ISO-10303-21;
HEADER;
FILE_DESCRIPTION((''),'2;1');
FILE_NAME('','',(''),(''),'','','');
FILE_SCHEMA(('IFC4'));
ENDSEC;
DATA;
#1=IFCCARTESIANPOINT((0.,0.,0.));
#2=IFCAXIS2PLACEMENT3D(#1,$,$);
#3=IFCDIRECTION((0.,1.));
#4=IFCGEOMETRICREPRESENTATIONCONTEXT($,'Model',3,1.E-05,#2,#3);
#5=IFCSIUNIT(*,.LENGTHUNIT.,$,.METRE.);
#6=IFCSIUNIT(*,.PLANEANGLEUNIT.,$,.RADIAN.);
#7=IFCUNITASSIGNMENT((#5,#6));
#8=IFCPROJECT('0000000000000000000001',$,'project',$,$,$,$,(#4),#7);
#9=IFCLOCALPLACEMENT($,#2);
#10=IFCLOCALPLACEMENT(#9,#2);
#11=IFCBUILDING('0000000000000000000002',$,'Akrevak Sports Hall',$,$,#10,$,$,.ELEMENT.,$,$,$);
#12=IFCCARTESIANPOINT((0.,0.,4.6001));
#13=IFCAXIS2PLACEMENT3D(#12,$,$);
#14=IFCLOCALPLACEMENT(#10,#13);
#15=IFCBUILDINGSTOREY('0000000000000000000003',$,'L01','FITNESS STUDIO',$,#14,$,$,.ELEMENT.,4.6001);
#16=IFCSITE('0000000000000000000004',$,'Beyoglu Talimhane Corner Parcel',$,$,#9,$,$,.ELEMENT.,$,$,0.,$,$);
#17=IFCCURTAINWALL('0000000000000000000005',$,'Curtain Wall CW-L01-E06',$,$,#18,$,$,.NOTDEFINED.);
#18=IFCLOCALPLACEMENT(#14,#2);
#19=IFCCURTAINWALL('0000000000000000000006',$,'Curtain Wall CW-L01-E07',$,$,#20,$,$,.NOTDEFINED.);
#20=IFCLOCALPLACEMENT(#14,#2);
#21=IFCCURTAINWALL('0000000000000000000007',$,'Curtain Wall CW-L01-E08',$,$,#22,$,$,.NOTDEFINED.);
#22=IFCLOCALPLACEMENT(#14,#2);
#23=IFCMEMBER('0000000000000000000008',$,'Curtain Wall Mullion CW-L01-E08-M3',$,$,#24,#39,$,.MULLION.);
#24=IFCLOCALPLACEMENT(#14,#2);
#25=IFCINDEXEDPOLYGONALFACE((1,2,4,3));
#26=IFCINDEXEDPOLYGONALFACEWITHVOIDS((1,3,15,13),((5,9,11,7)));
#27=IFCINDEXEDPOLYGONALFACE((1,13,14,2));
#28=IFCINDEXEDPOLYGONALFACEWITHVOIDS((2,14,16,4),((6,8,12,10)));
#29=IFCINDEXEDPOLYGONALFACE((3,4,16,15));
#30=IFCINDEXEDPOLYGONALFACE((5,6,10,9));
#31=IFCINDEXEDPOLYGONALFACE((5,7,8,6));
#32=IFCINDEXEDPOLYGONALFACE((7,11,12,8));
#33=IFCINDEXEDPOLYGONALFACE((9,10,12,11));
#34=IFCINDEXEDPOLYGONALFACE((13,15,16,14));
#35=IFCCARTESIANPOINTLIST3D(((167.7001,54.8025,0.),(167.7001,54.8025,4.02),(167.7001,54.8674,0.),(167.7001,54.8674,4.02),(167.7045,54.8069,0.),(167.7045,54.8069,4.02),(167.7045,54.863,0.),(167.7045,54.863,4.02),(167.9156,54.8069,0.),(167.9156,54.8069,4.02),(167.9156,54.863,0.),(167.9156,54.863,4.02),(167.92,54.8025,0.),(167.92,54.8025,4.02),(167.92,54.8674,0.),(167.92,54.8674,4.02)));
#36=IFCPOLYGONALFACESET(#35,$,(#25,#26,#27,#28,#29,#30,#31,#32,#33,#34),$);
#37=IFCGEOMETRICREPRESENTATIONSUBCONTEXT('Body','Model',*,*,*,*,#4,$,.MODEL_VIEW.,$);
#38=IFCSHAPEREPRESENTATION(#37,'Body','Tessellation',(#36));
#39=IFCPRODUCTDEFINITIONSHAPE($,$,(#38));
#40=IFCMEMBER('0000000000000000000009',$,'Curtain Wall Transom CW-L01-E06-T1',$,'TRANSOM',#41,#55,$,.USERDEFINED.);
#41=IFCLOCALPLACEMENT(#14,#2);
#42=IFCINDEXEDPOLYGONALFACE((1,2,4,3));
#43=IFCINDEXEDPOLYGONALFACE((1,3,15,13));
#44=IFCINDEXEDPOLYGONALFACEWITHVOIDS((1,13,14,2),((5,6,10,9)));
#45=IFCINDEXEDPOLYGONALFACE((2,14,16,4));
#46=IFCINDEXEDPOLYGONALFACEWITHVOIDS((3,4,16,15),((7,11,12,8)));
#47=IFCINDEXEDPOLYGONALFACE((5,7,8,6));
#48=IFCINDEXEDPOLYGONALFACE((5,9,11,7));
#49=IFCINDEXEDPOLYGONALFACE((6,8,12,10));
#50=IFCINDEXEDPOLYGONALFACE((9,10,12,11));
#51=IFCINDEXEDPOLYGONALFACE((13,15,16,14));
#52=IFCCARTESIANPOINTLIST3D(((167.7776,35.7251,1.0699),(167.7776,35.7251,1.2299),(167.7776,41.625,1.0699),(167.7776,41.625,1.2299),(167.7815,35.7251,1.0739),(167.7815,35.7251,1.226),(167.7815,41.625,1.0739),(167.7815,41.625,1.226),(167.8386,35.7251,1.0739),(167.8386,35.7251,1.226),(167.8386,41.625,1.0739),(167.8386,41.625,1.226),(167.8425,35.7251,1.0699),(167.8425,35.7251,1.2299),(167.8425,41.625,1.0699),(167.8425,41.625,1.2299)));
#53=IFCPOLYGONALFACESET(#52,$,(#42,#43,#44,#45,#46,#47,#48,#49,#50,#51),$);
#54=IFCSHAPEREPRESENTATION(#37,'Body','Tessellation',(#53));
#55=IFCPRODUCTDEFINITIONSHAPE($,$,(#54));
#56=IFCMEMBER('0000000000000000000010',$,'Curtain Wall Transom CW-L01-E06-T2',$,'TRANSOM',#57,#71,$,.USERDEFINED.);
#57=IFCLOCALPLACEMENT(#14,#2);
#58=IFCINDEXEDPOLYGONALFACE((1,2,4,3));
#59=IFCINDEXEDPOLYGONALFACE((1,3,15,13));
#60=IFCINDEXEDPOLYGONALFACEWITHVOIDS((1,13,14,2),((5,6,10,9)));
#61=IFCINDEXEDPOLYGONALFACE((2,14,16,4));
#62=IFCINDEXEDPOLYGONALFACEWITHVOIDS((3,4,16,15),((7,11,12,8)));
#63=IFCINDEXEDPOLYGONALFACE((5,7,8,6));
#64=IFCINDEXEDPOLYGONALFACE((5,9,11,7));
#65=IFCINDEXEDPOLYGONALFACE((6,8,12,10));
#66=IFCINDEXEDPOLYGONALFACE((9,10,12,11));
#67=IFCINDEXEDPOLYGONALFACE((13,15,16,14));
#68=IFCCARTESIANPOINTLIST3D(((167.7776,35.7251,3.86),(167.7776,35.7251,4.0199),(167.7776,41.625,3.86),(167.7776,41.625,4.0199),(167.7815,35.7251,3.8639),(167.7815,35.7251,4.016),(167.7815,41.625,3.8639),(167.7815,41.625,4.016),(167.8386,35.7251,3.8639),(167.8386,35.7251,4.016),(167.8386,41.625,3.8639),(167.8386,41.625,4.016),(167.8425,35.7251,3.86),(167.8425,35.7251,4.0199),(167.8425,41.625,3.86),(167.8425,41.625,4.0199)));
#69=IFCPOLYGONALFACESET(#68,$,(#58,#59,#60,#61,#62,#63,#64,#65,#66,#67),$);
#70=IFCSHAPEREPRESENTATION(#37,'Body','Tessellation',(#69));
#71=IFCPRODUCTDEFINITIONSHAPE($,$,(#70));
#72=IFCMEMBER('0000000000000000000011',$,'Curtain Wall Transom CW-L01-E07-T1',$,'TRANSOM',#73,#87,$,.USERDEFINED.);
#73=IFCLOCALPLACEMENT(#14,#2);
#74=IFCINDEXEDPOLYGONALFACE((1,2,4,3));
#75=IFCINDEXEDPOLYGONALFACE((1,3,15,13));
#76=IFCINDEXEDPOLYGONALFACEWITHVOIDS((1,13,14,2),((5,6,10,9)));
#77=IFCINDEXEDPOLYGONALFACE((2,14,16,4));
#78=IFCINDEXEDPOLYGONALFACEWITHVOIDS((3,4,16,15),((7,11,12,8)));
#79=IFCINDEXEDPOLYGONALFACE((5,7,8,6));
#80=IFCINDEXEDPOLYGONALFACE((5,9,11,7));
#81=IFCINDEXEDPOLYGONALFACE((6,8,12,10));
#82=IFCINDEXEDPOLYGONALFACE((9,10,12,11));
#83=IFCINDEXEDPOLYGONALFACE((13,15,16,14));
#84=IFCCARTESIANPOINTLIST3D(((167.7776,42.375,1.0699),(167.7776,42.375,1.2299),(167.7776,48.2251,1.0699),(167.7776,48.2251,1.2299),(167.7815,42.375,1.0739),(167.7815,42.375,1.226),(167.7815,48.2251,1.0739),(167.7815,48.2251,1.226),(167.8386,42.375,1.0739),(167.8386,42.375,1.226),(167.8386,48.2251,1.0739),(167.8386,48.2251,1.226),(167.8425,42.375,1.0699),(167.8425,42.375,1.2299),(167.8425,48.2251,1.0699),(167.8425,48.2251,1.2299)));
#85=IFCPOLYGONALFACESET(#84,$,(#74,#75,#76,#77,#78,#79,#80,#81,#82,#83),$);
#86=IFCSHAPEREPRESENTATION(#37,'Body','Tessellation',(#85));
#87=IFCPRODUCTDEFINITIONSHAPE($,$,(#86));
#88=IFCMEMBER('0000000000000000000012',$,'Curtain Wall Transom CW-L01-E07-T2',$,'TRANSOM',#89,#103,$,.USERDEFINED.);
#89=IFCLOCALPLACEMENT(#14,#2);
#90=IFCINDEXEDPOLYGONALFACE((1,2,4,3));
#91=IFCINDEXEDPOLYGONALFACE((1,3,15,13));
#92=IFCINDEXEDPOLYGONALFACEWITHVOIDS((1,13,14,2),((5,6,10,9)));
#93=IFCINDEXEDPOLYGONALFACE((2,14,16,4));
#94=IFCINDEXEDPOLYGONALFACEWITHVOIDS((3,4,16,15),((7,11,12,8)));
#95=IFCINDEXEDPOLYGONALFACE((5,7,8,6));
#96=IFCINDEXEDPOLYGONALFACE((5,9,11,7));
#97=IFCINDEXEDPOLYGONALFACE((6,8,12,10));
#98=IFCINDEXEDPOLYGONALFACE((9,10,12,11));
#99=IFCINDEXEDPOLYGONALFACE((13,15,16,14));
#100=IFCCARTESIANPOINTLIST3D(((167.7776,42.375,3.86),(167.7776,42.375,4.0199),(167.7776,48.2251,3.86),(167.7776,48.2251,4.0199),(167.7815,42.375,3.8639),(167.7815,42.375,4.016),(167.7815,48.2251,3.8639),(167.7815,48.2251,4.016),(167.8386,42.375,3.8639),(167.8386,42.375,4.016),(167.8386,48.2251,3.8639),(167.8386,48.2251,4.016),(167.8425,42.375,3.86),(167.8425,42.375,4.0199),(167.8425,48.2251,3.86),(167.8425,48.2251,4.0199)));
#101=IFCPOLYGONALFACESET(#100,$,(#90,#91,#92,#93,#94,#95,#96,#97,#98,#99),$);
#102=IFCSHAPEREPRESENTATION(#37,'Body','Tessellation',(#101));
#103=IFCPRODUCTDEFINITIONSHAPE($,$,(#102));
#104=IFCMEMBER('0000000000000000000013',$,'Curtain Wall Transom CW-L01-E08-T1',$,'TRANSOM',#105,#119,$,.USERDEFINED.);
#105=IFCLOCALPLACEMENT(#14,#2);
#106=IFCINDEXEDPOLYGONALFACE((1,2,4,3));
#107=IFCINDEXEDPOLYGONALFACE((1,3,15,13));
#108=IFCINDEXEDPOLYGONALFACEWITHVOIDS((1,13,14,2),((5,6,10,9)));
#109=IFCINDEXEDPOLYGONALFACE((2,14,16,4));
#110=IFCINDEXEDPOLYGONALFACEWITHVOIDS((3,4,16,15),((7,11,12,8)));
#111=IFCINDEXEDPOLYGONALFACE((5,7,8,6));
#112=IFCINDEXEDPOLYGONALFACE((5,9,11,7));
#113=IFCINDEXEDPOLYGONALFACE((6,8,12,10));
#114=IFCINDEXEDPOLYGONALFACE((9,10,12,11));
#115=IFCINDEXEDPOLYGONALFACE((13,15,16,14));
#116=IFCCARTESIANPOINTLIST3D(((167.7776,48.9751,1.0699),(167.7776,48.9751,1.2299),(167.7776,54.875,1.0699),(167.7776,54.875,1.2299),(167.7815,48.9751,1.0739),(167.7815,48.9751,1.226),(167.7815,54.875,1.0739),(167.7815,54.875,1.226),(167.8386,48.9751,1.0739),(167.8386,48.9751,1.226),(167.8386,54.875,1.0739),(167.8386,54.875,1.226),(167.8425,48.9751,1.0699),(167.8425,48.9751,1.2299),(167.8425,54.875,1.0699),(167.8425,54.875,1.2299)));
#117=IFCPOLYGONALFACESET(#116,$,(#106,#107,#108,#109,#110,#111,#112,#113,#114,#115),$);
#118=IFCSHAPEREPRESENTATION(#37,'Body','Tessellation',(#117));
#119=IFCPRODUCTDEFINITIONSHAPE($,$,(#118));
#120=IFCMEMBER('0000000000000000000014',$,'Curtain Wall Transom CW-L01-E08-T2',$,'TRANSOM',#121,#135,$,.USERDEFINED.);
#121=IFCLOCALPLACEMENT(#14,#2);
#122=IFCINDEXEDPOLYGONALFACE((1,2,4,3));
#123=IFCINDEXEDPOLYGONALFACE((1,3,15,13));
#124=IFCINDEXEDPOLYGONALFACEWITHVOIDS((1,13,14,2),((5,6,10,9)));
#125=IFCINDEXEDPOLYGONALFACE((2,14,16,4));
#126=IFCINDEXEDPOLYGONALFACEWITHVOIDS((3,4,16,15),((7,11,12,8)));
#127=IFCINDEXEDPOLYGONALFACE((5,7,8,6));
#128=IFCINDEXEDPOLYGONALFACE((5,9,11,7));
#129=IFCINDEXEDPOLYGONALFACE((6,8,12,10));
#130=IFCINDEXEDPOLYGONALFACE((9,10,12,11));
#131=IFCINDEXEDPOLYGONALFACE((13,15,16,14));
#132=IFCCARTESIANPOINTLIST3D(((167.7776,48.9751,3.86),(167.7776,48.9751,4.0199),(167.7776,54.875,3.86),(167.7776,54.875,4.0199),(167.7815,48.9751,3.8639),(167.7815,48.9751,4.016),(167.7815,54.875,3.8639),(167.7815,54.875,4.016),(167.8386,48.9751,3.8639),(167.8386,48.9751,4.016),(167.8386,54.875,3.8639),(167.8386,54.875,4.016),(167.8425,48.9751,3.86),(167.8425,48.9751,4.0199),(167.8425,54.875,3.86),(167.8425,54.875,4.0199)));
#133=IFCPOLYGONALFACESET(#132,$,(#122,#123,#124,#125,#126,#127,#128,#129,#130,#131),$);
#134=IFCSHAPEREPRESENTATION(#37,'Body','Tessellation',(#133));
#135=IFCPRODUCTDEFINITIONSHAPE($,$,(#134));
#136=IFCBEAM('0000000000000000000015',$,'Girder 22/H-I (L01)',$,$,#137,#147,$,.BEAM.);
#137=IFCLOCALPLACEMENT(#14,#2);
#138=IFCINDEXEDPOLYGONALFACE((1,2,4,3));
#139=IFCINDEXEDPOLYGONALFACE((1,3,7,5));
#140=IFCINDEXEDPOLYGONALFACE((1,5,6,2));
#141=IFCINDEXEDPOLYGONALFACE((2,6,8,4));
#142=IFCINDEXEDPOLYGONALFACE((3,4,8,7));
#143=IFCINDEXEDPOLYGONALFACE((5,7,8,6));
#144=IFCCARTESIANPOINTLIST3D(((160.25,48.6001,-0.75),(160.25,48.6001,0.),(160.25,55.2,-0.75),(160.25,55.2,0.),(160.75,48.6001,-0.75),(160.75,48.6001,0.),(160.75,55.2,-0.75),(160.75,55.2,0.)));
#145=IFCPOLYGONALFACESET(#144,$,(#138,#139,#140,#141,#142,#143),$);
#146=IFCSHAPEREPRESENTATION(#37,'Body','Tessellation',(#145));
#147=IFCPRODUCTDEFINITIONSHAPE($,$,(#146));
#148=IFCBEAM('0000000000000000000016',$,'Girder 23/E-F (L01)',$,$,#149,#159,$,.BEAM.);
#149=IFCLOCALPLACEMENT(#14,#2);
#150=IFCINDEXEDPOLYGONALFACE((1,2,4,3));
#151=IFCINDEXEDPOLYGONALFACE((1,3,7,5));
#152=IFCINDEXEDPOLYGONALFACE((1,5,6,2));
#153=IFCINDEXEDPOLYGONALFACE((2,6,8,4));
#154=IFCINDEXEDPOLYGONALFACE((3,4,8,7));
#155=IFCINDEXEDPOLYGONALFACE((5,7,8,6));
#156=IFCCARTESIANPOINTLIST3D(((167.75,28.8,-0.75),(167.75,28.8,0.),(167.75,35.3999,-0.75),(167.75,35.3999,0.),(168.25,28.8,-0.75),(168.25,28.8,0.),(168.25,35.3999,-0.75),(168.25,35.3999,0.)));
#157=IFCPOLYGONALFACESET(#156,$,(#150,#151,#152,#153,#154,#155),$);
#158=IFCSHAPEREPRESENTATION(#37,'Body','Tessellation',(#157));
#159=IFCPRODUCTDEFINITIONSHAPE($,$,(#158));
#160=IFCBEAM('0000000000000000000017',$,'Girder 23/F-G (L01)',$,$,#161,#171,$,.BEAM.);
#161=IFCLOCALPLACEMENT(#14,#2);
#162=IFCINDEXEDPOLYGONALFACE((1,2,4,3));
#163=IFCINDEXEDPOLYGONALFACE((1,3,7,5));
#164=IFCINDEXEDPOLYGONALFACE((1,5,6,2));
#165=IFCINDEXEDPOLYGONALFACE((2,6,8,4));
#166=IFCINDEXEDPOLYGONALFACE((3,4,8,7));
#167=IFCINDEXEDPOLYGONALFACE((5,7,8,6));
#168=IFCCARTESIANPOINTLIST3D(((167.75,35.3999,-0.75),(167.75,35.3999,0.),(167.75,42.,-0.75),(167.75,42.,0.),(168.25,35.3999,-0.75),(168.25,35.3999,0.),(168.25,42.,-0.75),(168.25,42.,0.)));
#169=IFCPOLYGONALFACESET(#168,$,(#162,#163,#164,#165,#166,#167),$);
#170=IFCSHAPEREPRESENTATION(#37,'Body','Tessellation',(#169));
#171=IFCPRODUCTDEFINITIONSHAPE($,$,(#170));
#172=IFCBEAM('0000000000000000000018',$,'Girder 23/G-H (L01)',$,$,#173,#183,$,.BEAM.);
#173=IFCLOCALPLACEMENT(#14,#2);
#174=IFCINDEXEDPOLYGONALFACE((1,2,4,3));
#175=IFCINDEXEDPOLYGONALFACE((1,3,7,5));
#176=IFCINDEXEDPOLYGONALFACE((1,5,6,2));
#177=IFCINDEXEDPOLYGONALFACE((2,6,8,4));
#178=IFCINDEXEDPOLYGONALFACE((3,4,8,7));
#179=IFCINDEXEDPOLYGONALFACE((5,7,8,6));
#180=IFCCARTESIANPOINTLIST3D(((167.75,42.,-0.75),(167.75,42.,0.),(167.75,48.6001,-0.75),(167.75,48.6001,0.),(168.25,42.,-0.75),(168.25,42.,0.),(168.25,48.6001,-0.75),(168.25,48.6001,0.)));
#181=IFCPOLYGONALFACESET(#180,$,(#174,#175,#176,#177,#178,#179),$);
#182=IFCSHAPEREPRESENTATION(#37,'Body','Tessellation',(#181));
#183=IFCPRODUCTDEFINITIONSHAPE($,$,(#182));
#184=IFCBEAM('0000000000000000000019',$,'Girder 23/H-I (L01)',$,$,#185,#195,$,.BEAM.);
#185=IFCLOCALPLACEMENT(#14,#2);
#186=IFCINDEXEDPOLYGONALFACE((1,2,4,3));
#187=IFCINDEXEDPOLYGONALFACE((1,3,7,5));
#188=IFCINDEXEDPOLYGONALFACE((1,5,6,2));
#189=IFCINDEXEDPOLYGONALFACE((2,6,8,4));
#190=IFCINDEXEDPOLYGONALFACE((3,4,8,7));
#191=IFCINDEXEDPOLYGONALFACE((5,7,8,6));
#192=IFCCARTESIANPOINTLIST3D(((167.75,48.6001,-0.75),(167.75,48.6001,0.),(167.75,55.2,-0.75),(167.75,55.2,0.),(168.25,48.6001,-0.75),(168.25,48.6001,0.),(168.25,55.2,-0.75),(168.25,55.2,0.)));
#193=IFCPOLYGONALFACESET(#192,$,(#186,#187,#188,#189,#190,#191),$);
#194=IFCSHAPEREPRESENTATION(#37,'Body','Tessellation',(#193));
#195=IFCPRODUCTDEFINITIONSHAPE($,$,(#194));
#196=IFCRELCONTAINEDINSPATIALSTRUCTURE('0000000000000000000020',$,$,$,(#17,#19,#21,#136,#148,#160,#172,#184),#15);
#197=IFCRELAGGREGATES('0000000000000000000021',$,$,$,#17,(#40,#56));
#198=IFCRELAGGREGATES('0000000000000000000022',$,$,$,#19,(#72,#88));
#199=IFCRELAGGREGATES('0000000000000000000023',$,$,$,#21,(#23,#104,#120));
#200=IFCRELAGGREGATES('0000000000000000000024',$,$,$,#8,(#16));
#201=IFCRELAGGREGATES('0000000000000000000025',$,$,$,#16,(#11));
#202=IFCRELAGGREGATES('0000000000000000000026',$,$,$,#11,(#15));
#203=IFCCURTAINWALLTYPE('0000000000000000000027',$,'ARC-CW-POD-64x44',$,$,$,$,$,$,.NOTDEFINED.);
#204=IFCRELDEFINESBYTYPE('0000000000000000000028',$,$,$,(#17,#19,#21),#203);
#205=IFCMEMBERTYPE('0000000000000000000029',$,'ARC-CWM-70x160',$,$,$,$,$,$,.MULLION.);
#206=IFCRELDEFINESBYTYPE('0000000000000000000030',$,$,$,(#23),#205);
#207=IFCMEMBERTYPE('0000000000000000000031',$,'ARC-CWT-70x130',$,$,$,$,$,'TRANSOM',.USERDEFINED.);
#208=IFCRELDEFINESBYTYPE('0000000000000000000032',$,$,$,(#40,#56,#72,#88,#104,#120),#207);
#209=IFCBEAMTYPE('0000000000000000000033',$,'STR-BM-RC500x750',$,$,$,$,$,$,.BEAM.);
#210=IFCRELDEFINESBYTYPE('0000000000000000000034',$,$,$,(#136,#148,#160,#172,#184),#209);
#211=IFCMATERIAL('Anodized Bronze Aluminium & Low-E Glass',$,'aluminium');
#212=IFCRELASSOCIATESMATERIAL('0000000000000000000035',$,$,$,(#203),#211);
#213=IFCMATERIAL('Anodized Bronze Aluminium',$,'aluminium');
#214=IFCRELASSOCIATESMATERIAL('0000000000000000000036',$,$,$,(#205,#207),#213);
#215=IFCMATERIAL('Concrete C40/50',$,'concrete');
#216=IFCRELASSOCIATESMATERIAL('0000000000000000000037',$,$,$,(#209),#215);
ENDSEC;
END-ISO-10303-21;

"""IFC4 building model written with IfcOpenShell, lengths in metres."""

from ifc_helpers import new_model, si_unit, direction, frame, origin, origin_2d, place, context, subcontext, project, spatial, rectangle, hollow_rectangle, extrude, material, material_profile, profile_set, type_object, element, aggregate, save


model = new_model("IFC4")

# Units and contexts
model_context = context("Model", 3, precision=1e-05, world=origin(), true_north=direction((0.0, 1.0)))
body_context = subcontext(model_context, "Body", "Model", "MODEL_VIEW")
ifc_project = project(units=[si_unit("LENGTHUNIT", "METRE"), si_unit("PLANEANGLEUNIT", "RADIAN")], contexts=[model_context])

# Site, building, storey
site_placement = place(None, origin())
site = spatial("IfcSite", under=ifc_project, at=site_placement, Name="Beyoglu Talimhane Corner Parcel", CompositionType="ELEMENT", RefElevation=0.0)
building_placement = place(site_placement, origin())
building = spatial("IfcBuilding", under=site, at=building_placement, Name="Akrevak Sports Hall", CompositionType="ELEMENT")
storey_placement = place(building_placement, frame((0.0, 0.0, 4.6001)))
storey = spatial("IfcBuildingStorey", under=building, at=storey_placement, Name="L01", Description="FITNESS STUDIO", CompositionType="ELEMENT", Elevation=4.6001)

# Shared definitions
ifc_material_1 = material(Name="Concrete C40/50", Category="concrete")

# Curtain walls, member
ifc_material_2 = material(Name="Anodized Bronze Aluminium & Low-E Glass", Category="aluminium")
curtain_wall_type = type_object("IfcCurtainWallType", Name="ARC-CW-POD-64x44", PredefinedType="NOTDEFINED", material=ifc_material_2)
curtain_wall_1_placement = place(storey_placement, origin())
curtain_wall_1 = element("IfcCurtainWall", 1, at=curtain_wall_1_placement, inside=storey, type_object=curtain_wall_type, Name="Curtain Wall CW-L01-E06", PredefinedType="NOTDEFINED")
ifc_material_3 = material(Name="Anodized Bronze Aluminium", Category="aluminium")
ifc_material_profile_1 = material_profile(ifc_material_3, hollow_rectangle(XDim=0.0649, YDim=0.22, WallThickness=0.0044, at=origin_2d()), Name="CWM 65x220", Category="aluminium")
ifc_profile_set_1 = profile_set([ifc_material_profile_1], Name="Anodized Bronze Aluminium")
member_type_1 = type_object("IfcMemberType", Name="ARC-CWM-70x160", PredefinedType="MULLION", material=ifc_profile_set_1)
curtain_wall_2_placement = place(storey_placement, origin())
curtain_wall_2 = element("IfcCurtainWall", 2, at=curtain_wall_2_placement, inside=storey, type_object=curtain_wall_type, Name="Curtain Wall CW-L01-E07", PredefinedType="NOTDEFINED")
curtain_wall_3_placement = place(storey_placement, origin())
curtain_wall_3 = element("IfcCurtainWall", 3, at=curtain_wall_3_placement, inside=storey, type_object=curtain_wall_type, Name="Curtain Wall CW-L01-E08", PredefinedType="NOTDEFINED")
member_1_placement = place(storey_placement, frame((167.8101, 54.835, 0.0), z_axis=(0.0, 0.0, 1.0), x_axis=(0.0, 1.0, 0.0)))
member_1 = element("IfcMember", 4, at=member_1_placement, type_object=member_type_1, Name="Curtain Wall Mullion CW-L01-E08-M3", PredefinedType="MULLION", context=body_context, shape_type="SweptSolid", body=[
    extrude(hollow_rectangle(XDim=0.0649, YDim=0.22, WallThickness=0.0044, at=origin_2d()), origin(), (0.0, 0.0, 1.0), 4.02),
])

# Members
ifc_material_profile_2 = material_profile(ifc_material_3, hollow_rectangle(XDim=0.0649, YDim=0.1599, WallThickness=0.0039, at=origin_2d()), Name="CWT 65x160", Category="aluminium")
ifc_profile_set_2 = profile_set([ifc_material_profile_2], Name="Anodized Bronze Aluminium")
member_type_2 = type_object("IfcMemberType", Name="ARC-CWT-70x130", ElementType="TRANSOM", PredefinedType="USERDEFINED", material=ifc_profile_set_2)
member_2_placement = place(storey_placement, frame((167.8101, 35.7251, 1.1499), z_axis=(0.0, 1.0, 0.0), x_axis=(-1.0, 0.0, 0.0)))
member_2 = element("IfcMember", 5, at=member_2_placement, type_object=member_type_2, Name="Curtain Wall Transom CW-L01-E06-T1", ObjectType="TRANSOM", PredefinedType="USERDEFINED", context=body_context, shape_type="SweptSolid", body=[
    extrude(hollow_rectangle(XDim=0.0649, YDim=0.1599, WallThickness=0.0039, at=origin_2d()), origin(), (0.0, 0.0, 1.0), 5.8999),
])
member_3_placement = place(storey_placement, frame((167.8101, 35.7251, 3.9399), z_axis=(0.0, 1.0, 0.0), x_axis=(-1.0, 0.0, 0.0)))
member_3 = element("IfcMember", 6, at=member_3_placement, type_object=member_type_2, Name="Curtain Wall Transom CW-L01-E06-T2", ObjectType="TRANSOM", PredefinedType="USERDEFINED", context=body_context, shape_type="SweptSolid", body=[
    extrude(hollow_rectangle(XDim=0.0649, YDim=0.1599, WallThickness=0.0039, at=origin_2d()), origin(), (0.0, 0.0, 1.0), 5.8999),
])
member_4_placement = place(storey_placement, frame((167.8101, 42.375, 1.1499), z_axis=(0.0, 1.0, 0.0), x_axis=(-1.0, 0.0, 0.0)))
member_4 = element("IfcMember", 7, at=member_4_placement, type_object=member_type_2, Name="Curtain Wall Transom CW-L01-E07-T1", ObjectType="TRANSOM", PredefinedType="USERDEFINED", context=body_context, shape_type="SweptSolid", body=[
    extrude(hollow_rectangle(XDim=0.0649, YDim=0.1599, WallThickness=0.0039, at=origin_2d()), origin(), (0.0, 0.0, 1.0), 5.8501),
])
member_5_placement = place(storey_placement, frame((167.8101, 42.375, 3.9399), z_axis=(0.0, 1.0, 0.0), x_axis=(-1.0, 0.0, 0.0)))
member_5 = element("IfcMember", 8, at=member_5_placement, type_object=member_type_2, Name="Curtain Wall Transom CW-L01-E07-T2", ObjectType="TRANSOM", PredefinedType="USERDEFINED", context=body_context, shape_type="SweptSolid", body=[
    extrude(hollow_rectangle(XDim=0.0649, YDim=0.1599, WallThickness=0.0039, at=origin_2d()), origin(), (0.0, 0.0, 1.0), 5.8501),
])
member_6_placement = place(storey_placement, frame((167.8101, 48.9751, 1.1499), z_axis=(0.0, 1.0, 0.0), x_axis=(-1.0, 0.0, 0.0)))
member_6 = element("IfcMember", 9, at=member_6_placement, type_object=member_type_2, Name="Curtain Wall Transom CW-L01-E08-T1", ObjectType="TRANSOM", PredefinedType="USERDEFINED", context=body_context, shape_type="SweptSolid", body=[
    extrude(hollow_rectangle(XDim=0.0649, YDim=0.1599, WallThickness=0.0039, at=origin_2d()), origin(), (0.0, 0.0, 1.0), 5.8999),
])
member_7_placement = place(storey_placement, frame((167.8101, 48.9751, 3.9399), z_axis=(0.0, 1.0, 0.0), x_axis=(-1.0, 0.0, 0.0)))
member_7 = element("IfcMember", 10, at=member_7_placement, type_object=member_type_2, Name="Curtain Wall Transom CW-L01-E08-T2", ObjectType="TRANSOM", PredefinedType="USERDEFINED", context=body_context, shape_type="SweptSolid", body=[
    extrude(hollow_rectangle(XDim=0.0649, YDim=0.1599, WallThickness=0.0039, at=origin_2d()), origin(), (0.0, 0.0, 1.0), 5.8999),
])

# Beams
ifc_material_profile_3 = material_profile(ifc_material_1, rectangle(XDim=0.5, YDim=0.75, at=origin_2d()), Name="BM 500x750", Category="concrete")
ifc_profile_set_3 = profile_set([ifc_material_profile_3], Name="Concrete C40/50")
beam_type = type_object("IfcBeamType", Name="STR-BM-RC500x750", PredefinedType="BEAM", material=ifc_profile_set_3)
for number, where, z_axis, x_axis, name in (
    (11, (160.5, 48.6001, -0.375), (0.0, 1.0, 0.0), (-1.0, 0.0, 0.0), "Girder 22/H-I (L01)"),
    (12, (168.0, 28.8, -0.375), (0.0, 1.0, 0.0), (-1.0, 0.0, 0.0), "Girder 23/E-F (L01)"),
):
    element("IfcBeam", number, at=place(storey_placement, frame(where, z_axis=z_axis, x_axis=x_axis)), inside=storey, type_object=beam_type, Name=name, PredefinedType="BEAM", context=body_context, shape_type="SweptSolid", body=[
        extrude(rectangle(XDim=0.5, YDim=0.75, at=origin_2d()), origin(), (0.0, 0.0, 1.0), 6.5999),
    ])
for number, where, z_axis, x_axis, name in (
    (13, (168.0, 35.3999, -0.375), (0.0, 1.0, 0.0), (-1.0, 0.0, 0.0), "Girder 23/F-G (L01)"),
    (14, (168.0, 42.0, -0.375), (0.0, 1.0, 0.0), (-1.0, 0.0, 0.0), "Girder 23/G-H (L01)"),
):
    element("IfcBeam", number, at=place(storey_placement, frame(where, z_axis=z_axis, x_axis=x_axis)), inside=storey, type_object=beam_type, Name=name, PredefinedType="BEAM", context=body_context, shape_type="SweptSolid", body=[
        extrude(rectangle(XDim=0.5, YDim=0.75, at=origin_2d()), origin(), (0.0, 0.0, 1.0), 6.6001),
    ])
beam_placement = place(storey_placement, frame((168.0, 48.6001, -0.375), z_axis=(0.0, 1.0, 0.0), x_axis=(-1.0, 0.0, 0.0)))
element("IfcBeam", 15, at=beam_placement, inside=storey, type_object=beam_type, Name="Girder 23/H-I (L01)", PredefinedType="BEAM", context=body_context, shape_type="SweptSolid", body=[
    extrude(rectangle(XDim=0.5, YDim=0.75, at=origin_2d()), origin(), (0.0, 0.0, 1.0), 6.5999),
])

aggregate(curtain_wall_1, [member_2, member_3])
aggregate(curtain_wall_2, [member_4, member_5])
aggregate(curtain_wall_3, [member_1, member_6, member_7])

save(model, "model.ifc")
